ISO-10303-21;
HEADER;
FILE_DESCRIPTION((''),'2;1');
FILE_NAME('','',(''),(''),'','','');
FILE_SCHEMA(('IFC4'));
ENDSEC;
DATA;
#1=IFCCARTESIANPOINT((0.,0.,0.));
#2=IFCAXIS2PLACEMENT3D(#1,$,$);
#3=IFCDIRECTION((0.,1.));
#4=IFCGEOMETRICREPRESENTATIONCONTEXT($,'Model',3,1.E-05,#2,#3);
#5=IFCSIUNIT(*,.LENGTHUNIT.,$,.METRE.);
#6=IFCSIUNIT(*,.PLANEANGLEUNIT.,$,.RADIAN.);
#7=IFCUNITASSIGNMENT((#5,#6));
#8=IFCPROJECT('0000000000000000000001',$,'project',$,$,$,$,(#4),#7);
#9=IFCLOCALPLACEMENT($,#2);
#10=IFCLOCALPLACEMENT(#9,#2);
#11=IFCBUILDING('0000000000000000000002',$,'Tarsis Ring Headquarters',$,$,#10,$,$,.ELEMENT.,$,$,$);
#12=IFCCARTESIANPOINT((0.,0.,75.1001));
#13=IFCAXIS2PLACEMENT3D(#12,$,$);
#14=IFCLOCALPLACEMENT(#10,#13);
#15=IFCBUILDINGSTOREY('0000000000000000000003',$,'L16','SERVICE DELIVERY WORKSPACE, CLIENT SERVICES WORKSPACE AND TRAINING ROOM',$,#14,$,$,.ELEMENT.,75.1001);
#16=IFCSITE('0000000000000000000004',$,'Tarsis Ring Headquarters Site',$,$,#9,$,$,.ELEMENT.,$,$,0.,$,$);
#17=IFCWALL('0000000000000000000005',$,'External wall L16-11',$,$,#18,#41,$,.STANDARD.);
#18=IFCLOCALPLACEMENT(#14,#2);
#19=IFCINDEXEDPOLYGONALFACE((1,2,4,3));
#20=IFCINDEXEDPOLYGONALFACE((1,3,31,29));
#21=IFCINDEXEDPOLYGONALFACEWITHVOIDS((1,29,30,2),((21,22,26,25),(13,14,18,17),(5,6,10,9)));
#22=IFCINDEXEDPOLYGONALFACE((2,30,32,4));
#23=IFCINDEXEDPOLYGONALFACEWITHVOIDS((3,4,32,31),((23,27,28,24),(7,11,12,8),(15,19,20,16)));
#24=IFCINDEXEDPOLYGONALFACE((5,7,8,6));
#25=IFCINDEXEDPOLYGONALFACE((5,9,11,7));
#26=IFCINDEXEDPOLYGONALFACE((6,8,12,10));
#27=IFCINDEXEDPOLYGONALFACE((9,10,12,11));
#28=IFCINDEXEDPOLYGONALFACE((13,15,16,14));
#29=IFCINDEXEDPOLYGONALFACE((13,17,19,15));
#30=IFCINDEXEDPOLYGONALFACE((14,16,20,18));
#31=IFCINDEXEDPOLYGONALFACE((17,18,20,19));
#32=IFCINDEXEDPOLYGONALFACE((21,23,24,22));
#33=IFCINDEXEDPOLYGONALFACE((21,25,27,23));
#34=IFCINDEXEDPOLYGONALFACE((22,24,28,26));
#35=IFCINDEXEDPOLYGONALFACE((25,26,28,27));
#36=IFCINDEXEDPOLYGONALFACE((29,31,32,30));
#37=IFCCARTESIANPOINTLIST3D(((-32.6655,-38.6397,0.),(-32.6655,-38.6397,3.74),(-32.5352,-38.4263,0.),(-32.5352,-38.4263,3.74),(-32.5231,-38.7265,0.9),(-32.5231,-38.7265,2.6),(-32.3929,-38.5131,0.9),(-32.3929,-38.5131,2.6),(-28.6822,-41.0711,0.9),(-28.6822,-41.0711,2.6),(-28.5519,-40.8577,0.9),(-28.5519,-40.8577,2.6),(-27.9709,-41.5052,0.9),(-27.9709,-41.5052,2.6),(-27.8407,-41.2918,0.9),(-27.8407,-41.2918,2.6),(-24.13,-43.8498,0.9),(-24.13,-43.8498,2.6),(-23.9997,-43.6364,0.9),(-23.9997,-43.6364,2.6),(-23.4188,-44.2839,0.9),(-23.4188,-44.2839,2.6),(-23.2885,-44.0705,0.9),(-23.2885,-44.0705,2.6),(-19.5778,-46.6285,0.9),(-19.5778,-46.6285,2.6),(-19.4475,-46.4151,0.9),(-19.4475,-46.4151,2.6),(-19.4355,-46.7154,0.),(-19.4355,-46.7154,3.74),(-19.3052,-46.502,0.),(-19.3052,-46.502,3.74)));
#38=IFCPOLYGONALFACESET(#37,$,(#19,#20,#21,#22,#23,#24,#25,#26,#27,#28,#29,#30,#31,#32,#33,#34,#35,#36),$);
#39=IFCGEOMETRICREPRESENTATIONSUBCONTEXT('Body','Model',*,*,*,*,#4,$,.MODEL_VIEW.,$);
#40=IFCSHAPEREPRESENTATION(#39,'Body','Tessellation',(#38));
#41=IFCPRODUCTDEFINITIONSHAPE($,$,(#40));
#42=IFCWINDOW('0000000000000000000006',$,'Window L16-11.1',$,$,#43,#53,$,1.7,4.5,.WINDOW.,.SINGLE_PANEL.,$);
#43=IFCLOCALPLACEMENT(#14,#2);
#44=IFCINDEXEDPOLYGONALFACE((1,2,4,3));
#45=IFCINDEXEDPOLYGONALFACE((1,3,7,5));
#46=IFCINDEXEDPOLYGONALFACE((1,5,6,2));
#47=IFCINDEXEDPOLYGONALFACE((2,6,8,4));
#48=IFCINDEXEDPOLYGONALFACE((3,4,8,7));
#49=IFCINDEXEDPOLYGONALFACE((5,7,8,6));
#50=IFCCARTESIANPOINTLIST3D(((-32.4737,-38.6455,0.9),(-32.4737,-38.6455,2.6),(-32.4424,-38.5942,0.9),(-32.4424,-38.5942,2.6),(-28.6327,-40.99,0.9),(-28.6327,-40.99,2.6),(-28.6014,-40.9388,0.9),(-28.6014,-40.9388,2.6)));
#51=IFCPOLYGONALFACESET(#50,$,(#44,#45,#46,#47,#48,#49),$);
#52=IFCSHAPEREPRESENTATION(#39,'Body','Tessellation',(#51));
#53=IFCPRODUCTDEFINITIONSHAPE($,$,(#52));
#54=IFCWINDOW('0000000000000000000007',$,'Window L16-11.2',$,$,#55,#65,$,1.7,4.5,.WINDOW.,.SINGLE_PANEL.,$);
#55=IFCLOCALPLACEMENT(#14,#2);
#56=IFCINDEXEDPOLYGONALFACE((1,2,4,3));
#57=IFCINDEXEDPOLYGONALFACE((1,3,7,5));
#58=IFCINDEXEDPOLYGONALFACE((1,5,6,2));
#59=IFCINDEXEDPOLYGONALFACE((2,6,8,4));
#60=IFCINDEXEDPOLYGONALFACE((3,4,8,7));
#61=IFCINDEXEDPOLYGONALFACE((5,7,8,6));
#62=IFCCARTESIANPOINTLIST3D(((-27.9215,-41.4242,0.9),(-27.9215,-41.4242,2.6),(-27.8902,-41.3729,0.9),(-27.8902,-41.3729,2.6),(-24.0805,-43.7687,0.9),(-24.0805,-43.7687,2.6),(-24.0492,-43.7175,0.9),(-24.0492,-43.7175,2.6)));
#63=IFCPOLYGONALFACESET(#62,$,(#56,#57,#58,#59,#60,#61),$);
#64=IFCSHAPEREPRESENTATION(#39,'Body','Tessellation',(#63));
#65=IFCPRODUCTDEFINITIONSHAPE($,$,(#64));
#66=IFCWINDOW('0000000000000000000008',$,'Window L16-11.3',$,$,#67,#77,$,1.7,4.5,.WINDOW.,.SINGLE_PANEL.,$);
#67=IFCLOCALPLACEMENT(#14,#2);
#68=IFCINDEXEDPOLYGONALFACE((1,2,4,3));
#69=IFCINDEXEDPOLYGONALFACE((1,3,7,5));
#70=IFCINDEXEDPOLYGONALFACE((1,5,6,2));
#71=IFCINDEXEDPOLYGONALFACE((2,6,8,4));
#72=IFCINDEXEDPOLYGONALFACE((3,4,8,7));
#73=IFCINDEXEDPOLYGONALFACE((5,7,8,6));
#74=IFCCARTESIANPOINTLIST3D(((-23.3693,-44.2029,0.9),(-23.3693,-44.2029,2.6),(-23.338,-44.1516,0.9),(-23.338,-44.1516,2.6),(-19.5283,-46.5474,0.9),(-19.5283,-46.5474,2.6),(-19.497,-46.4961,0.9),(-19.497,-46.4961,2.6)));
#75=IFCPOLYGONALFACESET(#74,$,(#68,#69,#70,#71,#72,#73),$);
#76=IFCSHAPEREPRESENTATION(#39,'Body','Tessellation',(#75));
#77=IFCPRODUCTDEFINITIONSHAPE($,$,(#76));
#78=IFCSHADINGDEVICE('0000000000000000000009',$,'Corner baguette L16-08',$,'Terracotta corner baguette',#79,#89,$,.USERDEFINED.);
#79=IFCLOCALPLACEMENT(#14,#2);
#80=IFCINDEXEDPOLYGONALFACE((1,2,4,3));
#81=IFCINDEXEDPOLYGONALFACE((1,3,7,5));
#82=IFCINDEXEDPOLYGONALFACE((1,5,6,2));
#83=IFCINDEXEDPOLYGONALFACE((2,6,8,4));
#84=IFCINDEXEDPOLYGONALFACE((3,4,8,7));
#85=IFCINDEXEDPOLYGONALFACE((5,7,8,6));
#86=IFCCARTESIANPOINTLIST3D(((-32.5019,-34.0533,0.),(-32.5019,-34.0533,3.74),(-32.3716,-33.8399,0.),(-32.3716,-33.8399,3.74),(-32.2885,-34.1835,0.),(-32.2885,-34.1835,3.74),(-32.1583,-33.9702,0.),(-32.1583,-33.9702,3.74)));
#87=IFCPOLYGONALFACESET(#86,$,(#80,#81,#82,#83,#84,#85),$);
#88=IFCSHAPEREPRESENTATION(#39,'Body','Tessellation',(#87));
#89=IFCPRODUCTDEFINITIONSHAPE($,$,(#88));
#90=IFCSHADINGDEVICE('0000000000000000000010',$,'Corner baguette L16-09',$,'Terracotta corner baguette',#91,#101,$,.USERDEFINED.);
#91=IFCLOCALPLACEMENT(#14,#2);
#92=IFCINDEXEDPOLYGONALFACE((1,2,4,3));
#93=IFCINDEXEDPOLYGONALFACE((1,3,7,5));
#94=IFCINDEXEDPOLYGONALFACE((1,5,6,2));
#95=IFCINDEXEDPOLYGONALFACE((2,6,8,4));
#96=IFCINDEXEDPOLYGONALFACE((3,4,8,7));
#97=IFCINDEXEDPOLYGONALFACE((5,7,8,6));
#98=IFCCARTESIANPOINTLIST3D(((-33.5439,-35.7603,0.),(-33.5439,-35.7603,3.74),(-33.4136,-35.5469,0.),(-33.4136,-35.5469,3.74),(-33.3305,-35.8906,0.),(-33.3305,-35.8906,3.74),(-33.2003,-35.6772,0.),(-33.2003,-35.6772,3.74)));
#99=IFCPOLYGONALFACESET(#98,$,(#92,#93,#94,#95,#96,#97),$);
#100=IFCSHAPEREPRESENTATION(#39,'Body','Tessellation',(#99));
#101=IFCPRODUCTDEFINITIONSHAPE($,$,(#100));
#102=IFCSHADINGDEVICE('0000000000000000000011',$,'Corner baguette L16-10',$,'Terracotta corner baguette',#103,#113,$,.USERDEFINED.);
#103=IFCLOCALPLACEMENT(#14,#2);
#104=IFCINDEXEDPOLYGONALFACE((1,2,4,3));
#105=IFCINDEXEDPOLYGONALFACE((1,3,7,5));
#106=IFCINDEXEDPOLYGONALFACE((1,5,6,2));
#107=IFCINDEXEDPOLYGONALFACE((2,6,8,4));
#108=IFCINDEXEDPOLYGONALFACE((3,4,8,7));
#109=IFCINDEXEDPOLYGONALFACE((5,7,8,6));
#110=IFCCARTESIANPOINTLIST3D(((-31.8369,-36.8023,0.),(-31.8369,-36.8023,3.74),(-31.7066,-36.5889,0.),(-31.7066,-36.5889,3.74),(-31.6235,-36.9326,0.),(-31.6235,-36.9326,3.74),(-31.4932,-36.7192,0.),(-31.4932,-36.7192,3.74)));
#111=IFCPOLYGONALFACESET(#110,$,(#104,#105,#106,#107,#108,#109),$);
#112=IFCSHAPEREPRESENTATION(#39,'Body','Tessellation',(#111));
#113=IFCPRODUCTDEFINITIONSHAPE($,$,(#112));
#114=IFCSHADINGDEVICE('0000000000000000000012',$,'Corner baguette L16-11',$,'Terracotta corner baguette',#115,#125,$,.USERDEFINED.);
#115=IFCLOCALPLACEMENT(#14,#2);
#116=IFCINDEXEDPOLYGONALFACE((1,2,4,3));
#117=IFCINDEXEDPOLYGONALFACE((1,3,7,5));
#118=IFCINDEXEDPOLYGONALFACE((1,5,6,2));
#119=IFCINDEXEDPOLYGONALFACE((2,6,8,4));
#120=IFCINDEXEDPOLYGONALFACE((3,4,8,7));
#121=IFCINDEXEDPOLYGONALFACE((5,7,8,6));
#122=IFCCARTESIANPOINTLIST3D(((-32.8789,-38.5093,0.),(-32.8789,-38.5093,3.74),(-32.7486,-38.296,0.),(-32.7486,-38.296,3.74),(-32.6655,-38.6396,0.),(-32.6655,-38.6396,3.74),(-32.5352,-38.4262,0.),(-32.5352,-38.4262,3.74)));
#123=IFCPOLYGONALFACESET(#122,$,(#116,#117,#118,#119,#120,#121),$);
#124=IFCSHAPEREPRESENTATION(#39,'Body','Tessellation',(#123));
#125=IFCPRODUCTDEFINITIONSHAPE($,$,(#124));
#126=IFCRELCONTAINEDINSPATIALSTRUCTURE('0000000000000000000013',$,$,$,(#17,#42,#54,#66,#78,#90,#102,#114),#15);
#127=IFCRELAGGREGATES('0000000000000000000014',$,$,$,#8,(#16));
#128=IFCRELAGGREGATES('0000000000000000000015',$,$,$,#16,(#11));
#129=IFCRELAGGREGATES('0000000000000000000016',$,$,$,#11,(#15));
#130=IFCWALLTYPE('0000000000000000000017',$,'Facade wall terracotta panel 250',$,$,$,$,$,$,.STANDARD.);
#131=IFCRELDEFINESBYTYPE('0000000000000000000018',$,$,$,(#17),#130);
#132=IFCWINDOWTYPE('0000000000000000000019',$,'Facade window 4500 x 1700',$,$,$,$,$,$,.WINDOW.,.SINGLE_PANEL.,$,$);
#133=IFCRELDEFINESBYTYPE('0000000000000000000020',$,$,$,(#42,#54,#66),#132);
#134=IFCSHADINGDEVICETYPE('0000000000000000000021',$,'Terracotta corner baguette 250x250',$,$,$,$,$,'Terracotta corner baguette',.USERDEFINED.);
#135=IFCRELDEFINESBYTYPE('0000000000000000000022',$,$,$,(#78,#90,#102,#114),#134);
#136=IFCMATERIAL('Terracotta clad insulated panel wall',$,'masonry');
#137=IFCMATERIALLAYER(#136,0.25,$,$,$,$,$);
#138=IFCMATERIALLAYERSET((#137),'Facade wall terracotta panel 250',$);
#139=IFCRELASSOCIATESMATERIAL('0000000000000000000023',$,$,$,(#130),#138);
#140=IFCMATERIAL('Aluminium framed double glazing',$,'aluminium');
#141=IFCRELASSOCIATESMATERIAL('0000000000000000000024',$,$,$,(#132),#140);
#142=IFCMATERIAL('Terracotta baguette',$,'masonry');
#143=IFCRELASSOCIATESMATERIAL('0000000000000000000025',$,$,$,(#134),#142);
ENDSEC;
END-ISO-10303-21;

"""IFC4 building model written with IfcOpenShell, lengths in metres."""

from ifc_helpers import new_model, si_unit, direction, frame, frame_2d, origin, origin_2d, place, context, subcontext, project, spatial, rectangle, extrude, material, layer, layer_set, type_object, element, fill, save


model = new_model("IFC4")

# Units and contexts
model_context = context("Model", 3, precision=1e-05, world=origin(), true_north=direction((0.0, 1.0)))
body_context = subcontext(model_context, "Body", "Model", "MODEL_VIEW")
ifc_project = project(units=[si_unit("LENGTHUNIT", "METRE"), si_unit("PLANEANGLEUNIT", "RADIAN")], contexts=[model_context])

# Site, building, storey
site_placement = place(None, origin())
site = spatial("IfcSite", under=ifc_project, at=site_placement, Name="Tarsis Ring Headquarters Site", CompositionType="ELEMENT", RefElevation=0.0)
building_placement = place(site_placement, origin())
building = spatial("IfcBuilding", under=site, at=building_placement, Name="Tarsis Ring Headquarters", CompositionType="ELEMENT")
storey_placement = place(building_placement, frame((0.0, 0.0, 75.1001)))
storey = spatial("IfcBuildingStorey", under=building, at=storey_placement, Name="L16", Description="SERVICE DELIVERY WORKSPACE, CLIENT SERVICES WORKSPACE AND TRAINING ROOM", CompositionType="ELEMENT", Elevation=75.1001)

# Shared definitions
ifc_material_1 = material(Name="Terracotta clad insulated panel wall", Category="masonry")
ifc_layer_1 = layer(ifc_material_1, 0.25)
ifc_layer_set_1 = layer_set([ifc_layer_1], Name="Facade wall terracotta panel 250")
wall_type_1 = type_object("IfcWallType", Name="Facade wall terracotta panel 250", PredefinedType="STANDARD", material=ifc_layer_set_1)

# Wall, openings, windows
wall_1_placement = place(storey_placement, frame((-32.6003, -38.533, 0.0), z_axis=(0.0, 0.0, 1.0), x_axis=(0.853549, -0.521013, 0.0)))
wall_1 = element("IfcWall", 1, at=wall_1_placement, inside=storey, type_object=wall_type_1, Name="External wall L16-11", PredefinedType="STANDARD", context=body_context, shape_type="SweptSolid", body=[
    extrude(rectangle(XDim=15.5, YDim=0.25, at=frame_2d((7.75, 0.0))), origin(), (0.0, 0.0, 1.0), 3.74),
])
opening_1_placement = place(wall_1_placement, frame((0.1667, 0.0, 0.8999)))
opening_1 = element("IfcOpeningElement", 2, at=opening_1_placement, cuts=wall_1, PredefinedType="OPENING", context=body_context, shape_type="SweptSolid", body=[
    extrude(rectangle(XDim=4.5, YDim=1.7, at=frame_2d((2.25, 0.8501))), frame((0.0, 0.135, 0.0), z_axis=(0.0, -1.0, 0.0), x_axis=(1.0, 0.0, 0.0)), (0.0, 0.0, 1.0), 0.27),
])
opening_2_placement = place(wall_1_placement, frame((5.5, 0.0, 0.8999)))
opening_2 = element("IfcOpeningElement", 3, at=opening_2_placement, cuts=wall_1, PredefinedType="OPENING", context=body_context, shape_type="SweptSolid", body=[
    extrude(rectangle(XDim=4.5, YDim=1.7, at=frame_2d((2.25, 0.8501))), frame((0.0, 0.135, 0.0), z_axis=(0.0, -1.0, 0.0), x_axis=(1.0, 0.0, 0.0)), (0.0, 0.0, 1.0), 0.27),
])
opening_3_placement = place(wall_1_placement, frame((10.8333, 0.0, 0.8999)))
opening_3 = element("IfcOpeningElement", 4, at=opening_3_placement, cuts=wall_1, PredefinedType="OPENING", context=body_context, shape_type="SweptSolid", body=[
    extrude(rectangle(XDim=4.5, YDim=1.7, at=frame_2d((2.25, 0.8501))), frame((0.0, 0.135, 0.0), z_axis=(0.0, -1.0, 0.0), x_axis=(1.0, 0.0, 0.0)), (0.0, 0.0, 1.0), 0.27),
])
ifc_material_2 = material(Name="Aluminium framed double glazing", Category="aluminium")
window_type = type_object("IfcWindowType", Name="Facade window 4500 x 1700", PartitioningType="SINGLE_PANEL", PredefinedType="WINDOW", material=ifc_material_2)
window_1_placement = place(opening_1_placement, origin())
window_1 = element("IfcWindow", 5, at=window_1_placement, inside=storey, type_object=window_type, Name="Window L16-11.1", OverallHeight=1.7, OverallWidth=4.5, PartitioningType="SINGLE_PANEL", PredefinedType="WINDOW", context=body_context, shape_type="SweptSolid", body=[
    extrude(rectangle(XDim=4.5, YDim=1.7, at=frame_2d((2.25, 0.8501))), frame((0.0, 0.03, 0.0), z_axis=(0.0, -1.0, 0.0), x_axis=(1.0, 0.0, 0.0)), (0.0, 0.0, 1.0), 0.0601),
])
fill(opening_1, window_1)
window_2_placement = place(opening_2_placement, origin())
window_2 = element("IfcWindow", 6, at=window_2_placement, inside=storey, type_object=window_type, Name="Window L16-11.2", OverallHeight=1.7, OverallWidth=4.5, PartitioningType="SINGLE_PANEL", PredefinedType="WINDOW", context=body_context, shape_type="SweptSolid", body=[
    extrude(rectangle(XDim=4.5, YDim=1.7, at=frame_2d((2.25, 0.8501))), frame((0.0, 0.03, 0.0), z_axis=(0.0, -1.0, 0.0), x_axis=(1.0, 0.0, 0.0)), (0.0, 0.0, 1.0), 0.0601),
])
fill(opening_2, window_2)
window_3_placement = place(opening_3_placement, origin())
window_3 = element("IfcWindow", 7, at=window_3_placement, inside=storey, type_object=window_type, Name="Window L16-11.3", OverallHeight=1.7, OverallWidth=4.5, PartitioningType="SINGLE_PANEL", PredefinedType="WINDOW", context=body_context, shape_type="SweptSolid", body=[
    extrude(rectangle(XDim=4.5, YDim=1.7, at=frame_2d((2.25, 0.8501))), frame((0.0, 0.03, 0.0), z_axis=(0.0, -1.0, 0.0), x_axis=(1.0, 0.0, 0.0)), (0.0, 0.0, 1.0), 0.0601),
])
fill(opening_3, window_3)

# Shading devices
ifc_material_3 = material(Name="Terracotta baguette", Category="masonry")
shading_device_type_1 = type_object("IfcShadingDeviceType", Name="Terracotta corner baguette 250x250", ElementType="Terracotta corner baguette", PredefinedType="USERDEFINED", material=ifc_material_3)
for number, where, z_axis, x_axis, name in (
    (8, (-32.3301, -34.0117, 0.0), (0.0, 0.0, 1.0), (0.853551, -0.521009, 0.0), "Corner baguette L16-08"),
    (9, (-33.3721, -35.7188, 0.0), (0.0, 0.0, 1.0), (-0.52101, -0.853551, 0.0), "Corner baguette L16-09"),
    (10, (-31.665, -36.7607, 0.0), (0.0, 0.0, 1.0), (0.853551, -0.52101, 0.0), "Corner baguette L16-10"),
    (11, (-32.707, -38.4678, 0.0), (0.0, 0.0, 1.0), (-0.521009, -0.853551, 0.0), "Corner baguette L16-11"),
):
    element("IfcShadingDevice", number, at=place(storey_placement, frame(where, z_axis=z_axis, x_axis=x_axis)), inside=storey, type_object=shading_device_type_1, Name=name, ObjectType="Terracotta corner baguette", PredefinedType="USERDEFINED", context=body_context, shape_type="SweptSolid", body=[
        extrude(rectangle(XDim=0.25, YDim=0.25, at=origin_2d()), origin(), (0.0, 0.0, 1.0), 3.74),
    ])

save(model, "model.ifc")
